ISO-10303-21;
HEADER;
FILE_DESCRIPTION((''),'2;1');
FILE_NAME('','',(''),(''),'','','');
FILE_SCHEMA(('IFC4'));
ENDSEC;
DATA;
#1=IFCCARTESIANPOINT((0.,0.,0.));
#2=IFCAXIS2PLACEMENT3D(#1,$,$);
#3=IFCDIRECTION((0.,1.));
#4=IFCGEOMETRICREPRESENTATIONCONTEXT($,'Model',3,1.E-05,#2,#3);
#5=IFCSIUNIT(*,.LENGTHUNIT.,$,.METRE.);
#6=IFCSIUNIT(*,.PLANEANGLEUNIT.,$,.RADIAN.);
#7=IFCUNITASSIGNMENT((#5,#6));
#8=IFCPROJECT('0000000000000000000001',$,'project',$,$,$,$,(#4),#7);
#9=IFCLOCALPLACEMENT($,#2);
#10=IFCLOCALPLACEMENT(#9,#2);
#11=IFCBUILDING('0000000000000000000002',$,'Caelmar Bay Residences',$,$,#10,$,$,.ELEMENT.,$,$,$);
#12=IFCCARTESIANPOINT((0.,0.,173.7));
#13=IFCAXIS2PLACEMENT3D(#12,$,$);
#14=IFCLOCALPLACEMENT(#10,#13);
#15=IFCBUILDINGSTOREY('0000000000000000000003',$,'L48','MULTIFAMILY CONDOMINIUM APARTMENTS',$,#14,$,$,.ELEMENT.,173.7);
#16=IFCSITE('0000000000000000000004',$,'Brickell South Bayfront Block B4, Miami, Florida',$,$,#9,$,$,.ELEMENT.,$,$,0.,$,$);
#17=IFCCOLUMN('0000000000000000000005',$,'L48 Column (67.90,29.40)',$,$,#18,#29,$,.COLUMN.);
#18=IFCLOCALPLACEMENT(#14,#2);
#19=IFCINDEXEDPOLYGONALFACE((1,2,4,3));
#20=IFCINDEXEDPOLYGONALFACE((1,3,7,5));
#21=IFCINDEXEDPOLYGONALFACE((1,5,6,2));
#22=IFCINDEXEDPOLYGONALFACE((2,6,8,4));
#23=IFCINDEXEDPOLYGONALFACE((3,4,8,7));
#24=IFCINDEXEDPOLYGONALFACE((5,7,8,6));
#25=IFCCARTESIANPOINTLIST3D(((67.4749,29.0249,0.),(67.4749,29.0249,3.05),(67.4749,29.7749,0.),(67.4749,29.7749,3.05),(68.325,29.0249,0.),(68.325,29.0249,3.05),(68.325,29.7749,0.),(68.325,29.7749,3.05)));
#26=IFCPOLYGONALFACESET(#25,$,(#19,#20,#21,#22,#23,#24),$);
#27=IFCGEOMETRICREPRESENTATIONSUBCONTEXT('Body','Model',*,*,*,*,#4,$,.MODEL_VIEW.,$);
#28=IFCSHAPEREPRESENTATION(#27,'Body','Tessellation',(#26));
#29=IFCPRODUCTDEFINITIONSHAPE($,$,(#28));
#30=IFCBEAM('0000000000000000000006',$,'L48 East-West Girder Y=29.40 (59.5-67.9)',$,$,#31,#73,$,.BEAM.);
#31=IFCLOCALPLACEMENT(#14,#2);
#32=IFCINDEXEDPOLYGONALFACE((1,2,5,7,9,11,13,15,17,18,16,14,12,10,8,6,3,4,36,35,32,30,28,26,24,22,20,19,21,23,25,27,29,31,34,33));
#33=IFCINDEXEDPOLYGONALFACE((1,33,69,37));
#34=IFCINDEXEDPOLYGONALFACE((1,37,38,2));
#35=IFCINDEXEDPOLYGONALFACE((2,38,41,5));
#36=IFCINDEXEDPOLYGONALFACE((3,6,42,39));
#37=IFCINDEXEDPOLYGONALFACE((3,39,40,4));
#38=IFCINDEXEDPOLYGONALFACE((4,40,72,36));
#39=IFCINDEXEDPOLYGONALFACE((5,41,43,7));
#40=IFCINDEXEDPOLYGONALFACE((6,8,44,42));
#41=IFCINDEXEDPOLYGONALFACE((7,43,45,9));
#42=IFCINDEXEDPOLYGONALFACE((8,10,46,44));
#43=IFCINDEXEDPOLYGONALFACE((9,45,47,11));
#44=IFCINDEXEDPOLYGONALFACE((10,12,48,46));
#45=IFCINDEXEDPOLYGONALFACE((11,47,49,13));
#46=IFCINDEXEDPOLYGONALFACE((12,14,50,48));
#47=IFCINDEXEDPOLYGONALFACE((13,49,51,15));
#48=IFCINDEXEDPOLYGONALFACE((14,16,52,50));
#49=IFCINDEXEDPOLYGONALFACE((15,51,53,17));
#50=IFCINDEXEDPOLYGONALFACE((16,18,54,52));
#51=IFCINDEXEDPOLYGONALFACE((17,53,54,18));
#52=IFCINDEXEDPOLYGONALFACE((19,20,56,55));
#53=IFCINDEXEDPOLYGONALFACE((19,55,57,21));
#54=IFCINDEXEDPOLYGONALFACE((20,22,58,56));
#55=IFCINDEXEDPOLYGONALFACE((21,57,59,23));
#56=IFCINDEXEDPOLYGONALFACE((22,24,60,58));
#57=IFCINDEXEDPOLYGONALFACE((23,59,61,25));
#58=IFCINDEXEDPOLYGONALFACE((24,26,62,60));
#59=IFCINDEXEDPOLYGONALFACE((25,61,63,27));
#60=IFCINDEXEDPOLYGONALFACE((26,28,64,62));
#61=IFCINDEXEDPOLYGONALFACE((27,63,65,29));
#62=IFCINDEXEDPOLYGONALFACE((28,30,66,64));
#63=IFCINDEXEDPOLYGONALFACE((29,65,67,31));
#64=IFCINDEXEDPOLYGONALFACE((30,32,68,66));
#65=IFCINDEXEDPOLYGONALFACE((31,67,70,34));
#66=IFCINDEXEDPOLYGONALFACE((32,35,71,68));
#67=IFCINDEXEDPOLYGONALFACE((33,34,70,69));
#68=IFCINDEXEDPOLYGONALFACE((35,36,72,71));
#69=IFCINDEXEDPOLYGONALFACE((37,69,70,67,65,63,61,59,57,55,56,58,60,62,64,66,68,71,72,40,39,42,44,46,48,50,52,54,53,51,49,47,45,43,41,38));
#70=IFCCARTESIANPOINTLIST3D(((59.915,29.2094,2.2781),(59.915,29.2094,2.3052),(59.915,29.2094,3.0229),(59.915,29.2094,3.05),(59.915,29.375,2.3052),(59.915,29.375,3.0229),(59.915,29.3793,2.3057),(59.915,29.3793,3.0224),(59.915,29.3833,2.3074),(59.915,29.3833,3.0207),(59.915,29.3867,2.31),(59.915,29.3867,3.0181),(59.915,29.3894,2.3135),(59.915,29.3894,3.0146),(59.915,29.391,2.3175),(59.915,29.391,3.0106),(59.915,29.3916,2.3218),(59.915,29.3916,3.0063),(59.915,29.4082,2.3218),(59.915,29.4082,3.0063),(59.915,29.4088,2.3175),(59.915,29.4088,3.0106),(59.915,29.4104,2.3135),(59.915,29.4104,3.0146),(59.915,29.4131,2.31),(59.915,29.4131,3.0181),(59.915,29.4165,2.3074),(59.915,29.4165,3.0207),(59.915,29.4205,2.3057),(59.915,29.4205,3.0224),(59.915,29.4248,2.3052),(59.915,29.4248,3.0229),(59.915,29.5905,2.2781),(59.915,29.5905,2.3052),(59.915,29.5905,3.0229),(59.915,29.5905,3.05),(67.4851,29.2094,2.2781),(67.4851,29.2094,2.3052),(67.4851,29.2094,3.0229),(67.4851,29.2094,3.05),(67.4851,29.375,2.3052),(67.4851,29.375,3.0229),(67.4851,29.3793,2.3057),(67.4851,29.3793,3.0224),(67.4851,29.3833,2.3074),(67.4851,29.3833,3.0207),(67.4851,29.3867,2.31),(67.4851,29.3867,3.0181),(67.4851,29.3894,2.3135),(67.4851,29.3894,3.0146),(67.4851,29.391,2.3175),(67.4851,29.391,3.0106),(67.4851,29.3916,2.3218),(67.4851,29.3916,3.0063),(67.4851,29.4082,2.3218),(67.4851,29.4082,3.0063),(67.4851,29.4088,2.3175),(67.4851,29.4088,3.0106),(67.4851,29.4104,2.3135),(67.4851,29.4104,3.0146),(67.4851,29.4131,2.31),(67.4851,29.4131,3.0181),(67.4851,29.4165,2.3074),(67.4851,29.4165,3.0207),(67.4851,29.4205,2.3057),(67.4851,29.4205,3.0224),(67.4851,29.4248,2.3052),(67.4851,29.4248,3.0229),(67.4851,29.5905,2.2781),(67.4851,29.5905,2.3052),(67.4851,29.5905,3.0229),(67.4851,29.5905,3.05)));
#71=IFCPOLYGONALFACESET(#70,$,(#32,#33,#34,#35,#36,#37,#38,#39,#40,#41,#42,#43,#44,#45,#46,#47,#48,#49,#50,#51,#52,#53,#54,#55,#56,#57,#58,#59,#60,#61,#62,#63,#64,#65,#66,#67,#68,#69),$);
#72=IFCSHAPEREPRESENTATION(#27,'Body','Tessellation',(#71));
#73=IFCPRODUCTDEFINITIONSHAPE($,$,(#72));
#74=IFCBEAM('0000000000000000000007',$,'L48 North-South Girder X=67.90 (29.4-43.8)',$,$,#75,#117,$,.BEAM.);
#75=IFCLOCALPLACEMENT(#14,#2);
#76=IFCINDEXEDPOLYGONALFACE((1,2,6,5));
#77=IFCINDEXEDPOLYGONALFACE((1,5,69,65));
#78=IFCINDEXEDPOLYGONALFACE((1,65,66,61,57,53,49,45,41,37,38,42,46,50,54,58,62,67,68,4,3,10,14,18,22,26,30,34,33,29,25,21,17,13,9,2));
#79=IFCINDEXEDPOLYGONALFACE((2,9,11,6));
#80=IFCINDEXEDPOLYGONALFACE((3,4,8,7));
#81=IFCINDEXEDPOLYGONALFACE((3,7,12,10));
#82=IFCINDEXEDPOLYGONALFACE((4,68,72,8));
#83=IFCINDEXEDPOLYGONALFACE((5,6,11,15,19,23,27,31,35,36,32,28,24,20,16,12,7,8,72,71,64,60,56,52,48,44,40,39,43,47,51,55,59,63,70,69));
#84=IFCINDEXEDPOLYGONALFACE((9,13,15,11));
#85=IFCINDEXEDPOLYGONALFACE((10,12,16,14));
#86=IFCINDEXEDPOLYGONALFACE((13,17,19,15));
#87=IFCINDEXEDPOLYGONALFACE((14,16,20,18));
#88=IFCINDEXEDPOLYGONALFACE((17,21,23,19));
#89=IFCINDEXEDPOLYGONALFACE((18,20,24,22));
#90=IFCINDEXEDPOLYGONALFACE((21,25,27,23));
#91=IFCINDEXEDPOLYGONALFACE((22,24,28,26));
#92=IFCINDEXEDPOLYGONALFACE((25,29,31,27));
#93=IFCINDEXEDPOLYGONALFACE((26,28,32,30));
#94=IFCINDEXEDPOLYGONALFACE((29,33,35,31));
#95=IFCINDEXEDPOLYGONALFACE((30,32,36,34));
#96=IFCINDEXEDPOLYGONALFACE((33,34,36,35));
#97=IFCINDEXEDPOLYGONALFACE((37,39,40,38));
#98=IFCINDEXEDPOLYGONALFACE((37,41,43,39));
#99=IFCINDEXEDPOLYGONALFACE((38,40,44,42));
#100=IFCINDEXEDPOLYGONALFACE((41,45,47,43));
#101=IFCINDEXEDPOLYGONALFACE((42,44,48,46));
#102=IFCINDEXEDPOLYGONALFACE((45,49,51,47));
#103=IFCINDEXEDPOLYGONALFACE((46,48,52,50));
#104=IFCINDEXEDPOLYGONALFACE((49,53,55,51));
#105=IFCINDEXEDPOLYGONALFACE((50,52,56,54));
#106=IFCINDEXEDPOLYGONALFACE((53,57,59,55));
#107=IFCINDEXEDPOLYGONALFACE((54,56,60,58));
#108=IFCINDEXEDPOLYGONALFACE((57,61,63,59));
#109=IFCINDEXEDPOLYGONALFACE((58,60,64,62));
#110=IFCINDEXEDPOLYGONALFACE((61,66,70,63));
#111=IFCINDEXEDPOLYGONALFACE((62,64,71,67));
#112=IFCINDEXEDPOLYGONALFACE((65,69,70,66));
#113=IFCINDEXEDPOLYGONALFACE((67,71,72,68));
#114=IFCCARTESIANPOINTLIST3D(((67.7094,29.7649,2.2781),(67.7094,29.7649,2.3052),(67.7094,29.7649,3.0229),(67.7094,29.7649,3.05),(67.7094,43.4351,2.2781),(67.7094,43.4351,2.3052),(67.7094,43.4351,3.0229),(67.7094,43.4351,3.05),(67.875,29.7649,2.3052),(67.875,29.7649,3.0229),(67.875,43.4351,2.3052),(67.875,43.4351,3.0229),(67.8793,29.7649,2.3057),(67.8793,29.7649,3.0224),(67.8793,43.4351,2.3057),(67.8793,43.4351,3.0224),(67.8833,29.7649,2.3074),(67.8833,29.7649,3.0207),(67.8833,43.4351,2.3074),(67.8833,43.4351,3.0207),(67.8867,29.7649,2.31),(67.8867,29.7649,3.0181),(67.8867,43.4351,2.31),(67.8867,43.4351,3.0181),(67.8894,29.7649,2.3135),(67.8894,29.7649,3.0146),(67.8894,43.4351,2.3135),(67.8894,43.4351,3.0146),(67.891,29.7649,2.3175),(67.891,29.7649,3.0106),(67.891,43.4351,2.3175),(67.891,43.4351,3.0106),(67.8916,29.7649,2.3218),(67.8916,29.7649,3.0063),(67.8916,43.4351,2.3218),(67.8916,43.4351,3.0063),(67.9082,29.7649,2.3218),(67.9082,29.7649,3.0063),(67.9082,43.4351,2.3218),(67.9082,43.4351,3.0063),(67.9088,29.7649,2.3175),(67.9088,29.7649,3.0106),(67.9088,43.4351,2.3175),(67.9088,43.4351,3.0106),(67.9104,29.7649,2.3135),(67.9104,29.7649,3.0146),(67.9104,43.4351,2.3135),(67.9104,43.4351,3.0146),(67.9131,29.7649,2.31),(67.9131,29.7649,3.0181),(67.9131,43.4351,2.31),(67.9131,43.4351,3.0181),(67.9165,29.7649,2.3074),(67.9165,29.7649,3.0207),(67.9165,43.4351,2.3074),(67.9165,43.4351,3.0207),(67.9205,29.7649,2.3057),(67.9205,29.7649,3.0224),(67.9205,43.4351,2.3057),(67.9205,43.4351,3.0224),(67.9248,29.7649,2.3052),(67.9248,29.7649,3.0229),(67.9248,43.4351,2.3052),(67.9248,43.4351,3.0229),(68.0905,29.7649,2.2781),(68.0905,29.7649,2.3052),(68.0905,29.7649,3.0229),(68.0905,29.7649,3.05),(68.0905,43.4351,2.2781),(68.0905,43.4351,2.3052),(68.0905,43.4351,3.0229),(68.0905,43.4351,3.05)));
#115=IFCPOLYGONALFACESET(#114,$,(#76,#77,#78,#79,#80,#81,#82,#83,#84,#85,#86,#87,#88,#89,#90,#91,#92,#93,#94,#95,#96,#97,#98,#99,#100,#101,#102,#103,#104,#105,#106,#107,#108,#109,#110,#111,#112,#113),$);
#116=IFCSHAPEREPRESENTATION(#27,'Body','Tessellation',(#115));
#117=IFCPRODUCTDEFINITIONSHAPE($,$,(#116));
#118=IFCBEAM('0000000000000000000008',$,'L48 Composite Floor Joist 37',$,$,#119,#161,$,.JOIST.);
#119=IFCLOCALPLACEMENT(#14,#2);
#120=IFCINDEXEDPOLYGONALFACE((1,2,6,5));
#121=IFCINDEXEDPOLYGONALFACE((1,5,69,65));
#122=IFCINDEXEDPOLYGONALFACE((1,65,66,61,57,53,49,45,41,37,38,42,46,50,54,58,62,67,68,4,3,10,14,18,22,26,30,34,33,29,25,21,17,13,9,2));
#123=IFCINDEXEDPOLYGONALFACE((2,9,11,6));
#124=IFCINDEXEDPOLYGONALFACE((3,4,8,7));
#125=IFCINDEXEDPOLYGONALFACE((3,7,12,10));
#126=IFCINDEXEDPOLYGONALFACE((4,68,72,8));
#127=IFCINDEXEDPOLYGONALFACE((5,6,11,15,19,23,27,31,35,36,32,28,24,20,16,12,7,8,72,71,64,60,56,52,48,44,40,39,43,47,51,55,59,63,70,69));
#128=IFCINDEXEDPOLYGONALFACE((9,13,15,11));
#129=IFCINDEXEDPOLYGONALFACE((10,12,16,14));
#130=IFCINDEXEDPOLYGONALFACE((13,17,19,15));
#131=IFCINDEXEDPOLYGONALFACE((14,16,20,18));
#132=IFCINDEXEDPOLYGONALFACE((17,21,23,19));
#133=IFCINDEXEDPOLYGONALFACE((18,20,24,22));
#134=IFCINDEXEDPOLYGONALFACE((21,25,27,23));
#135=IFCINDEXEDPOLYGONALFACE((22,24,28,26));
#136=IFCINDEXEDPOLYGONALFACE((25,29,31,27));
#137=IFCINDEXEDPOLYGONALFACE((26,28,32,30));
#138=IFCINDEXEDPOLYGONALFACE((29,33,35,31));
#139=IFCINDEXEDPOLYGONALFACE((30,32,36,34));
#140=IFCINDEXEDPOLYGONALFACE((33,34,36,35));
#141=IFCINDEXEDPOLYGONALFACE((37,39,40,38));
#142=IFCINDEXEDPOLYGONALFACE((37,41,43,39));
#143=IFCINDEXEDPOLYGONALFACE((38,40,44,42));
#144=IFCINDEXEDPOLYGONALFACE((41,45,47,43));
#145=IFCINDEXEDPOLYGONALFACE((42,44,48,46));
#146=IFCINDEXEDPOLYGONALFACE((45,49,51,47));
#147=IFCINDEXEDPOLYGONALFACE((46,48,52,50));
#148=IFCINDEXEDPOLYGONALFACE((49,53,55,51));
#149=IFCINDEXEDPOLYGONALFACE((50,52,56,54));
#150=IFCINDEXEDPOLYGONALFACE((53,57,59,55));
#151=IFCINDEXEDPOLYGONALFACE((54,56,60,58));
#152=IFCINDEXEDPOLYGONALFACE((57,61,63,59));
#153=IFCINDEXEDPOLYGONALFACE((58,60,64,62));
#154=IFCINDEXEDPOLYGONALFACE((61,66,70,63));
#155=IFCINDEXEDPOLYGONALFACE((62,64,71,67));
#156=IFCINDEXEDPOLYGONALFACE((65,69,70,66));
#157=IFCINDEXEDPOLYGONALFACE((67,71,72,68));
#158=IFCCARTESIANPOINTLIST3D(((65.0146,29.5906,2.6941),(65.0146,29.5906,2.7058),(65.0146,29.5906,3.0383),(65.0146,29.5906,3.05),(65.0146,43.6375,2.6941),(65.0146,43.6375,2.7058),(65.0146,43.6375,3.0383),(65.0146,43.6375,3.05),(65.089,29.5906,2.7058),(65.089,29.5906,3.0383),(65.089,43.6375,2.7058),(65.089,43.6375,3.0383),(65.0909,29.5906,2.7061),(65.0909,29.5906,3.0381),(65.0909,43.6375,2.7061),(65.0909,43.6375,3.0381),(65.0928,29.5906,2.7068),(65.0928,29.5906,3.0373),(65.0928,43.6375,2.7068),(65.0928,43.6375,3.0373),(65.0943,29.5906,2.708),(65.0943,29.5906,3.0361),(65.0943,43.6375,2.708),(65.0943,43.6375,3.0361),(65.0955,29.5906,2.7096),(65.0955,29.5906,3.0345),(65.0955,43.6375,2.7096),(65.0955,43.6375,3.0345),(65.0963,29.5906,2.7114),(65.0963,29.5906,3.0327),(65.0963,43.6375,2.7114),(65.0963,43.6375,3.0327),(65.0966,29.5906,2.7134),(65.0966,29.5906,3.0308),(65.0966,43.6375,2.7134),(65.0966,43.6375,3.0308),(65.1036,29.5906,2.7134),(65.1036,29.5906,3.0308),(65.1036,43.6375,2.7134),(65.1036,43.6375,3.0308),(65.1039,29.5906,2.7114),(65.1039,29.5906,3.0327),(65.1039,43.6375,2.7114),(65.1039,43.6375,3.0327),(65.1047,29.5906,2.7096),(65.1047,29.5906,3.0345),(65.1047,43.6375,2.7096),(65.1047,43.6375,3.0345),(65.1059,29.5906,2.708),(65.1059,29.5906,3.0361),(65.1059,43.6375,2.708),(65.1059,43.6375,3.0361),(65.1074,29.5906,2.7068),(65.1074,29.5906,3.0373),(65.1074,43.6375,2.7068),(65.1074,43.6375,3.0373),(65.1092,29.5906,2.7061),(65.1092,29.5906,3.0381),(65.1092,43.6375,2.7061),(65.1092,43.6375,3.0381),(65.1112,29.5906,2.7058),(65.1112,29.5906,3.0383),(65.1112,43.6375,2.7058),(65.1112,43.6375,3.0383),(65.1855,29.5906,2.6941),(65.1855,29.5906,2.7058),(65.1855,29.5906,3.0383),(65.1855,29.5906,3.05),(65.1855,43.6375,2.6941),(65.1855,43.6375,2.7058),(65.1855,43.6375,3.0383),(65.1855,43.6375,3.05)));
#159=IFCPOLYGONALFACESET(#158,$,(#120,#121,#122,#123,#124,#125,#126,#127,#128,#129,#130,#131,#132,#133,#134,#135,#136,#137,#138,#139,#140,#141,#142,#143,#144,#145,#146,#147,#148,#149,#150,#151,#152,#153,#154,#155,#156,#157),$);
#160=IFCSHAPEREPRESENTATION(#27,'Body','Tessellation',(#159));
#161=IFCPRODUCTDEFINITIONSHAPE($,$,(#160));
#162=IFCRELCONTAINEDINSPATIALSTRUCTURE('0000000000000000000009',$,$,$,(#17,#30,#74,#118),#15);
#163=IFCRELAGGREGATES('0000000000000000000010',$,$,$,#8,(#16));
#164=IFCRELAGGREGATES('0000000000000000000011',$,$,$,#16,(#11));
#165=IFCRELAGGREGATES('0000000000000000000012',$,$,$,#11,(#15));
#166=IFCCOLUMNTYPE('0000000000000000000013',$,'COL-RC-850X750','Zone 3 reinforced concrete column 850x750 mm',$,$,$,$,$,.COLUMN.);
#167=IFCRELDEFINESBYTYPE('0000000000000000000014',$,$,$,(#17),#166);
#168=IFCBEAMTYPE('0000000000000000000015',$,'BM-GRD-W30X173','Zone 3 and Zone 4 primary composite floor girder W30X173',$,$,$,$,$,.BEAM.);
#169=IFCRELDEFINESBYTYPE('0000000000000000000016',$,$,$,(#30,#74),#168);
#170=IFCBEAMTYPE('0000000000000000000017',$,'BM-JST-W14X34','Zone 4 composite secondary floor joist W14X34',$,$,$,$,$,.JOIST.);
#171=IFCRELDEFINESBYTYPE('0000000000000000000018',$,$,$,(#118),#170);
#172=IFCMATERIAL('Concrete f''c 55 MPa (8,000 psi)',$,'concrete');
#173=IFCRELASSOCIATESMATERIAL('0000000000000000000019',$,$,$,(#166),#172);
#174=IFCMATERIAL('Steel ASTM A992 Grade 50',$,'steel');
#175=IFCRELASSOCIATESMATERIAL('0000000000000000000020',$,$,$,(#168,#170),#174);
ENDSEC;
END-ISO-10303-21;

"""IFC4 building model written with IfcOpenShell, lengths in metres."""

from ifc_helpers import new_model, si_unit, direction, frame, origin, origin_2d, place, context, subcontext, project, spatial, rectangle, i_section, extrude, material, material_profile, profile_set, type_object, element, save


model = new_model("IFC4")

# Units and contexts
model_context = context("Model", 3, precision=1e-05, world=origin(), true_north=direction((0.0, 1.0)))
body_context = subcontext(model_context, "Body", "Model", "MODEL_VIEW")
ifc_project = project(units=[si_unit("LENGTHUNIT", "METRE"), si_unit("PLANEANGLEUNIT", "RADIAN")], contexts=[model_context])

# Site, building, storey
site_placement = place(None, origin())
site = spatial("IfcSite", under=ifc_project, at=site_placement, Name="Brickell South Bayfront Block B4, Miami, Florida", CompositionType="ELEMENT", RefElevation=0.0)
building_placement = place(site_placement, origin())
building = spatial("IfcBuilding", under=site, at=building_placement, Name="Caelmar Bay Residences", CompositionType="ELEMENT")
storey_placement = place(building_placement, frame((0.0, 0.0, 173.7)))
storey = spatial("IfcBuildingStorey", under=building, at=storey_placement, Name="L48", Description="MULTIFAMILY CONDOMINIUM APARTMENTS", CompositionType="ELEMENT", Elevation=173.7)

# Column
ifc_material_1 = material(Name="Concrete f'c 55 MPa (8,000 psi)", Category="concrete")
ifc_material_profile_1 = material_profile(ifc_material_1, rectangle(XDim=0.8501, YDim=0.75, at=origin_2d()), Name="RC-COL-850X750")
ifc_profile_set_1 = profile_set([ifc_material_profile_1], Name="Concrete f'c 55 MPa (8,000 psi)")
column_type = type_object("IfcColumnType", Name="COL-RC-850X750", Description="Zone 3 reinforced concrete column 850x750 mm", PredefinedType="COLUMN", material=ifc_profile_set_1)
column_placement = place(storey_placement, frame((67.8999, 29.3999, 0.0), z_axis=(0.0, 0.0, 1.0), x_axis=(1.0, 0.0, 0.0)))
element("IfcColumn", 1, at=column_placement, inside=storey, type_object=column_type, Name="L48 Column (67.90,29.40)", PredefinedType="COLUMN", context=body_context, shape_type="SweptSolid", body=[
    extrude(rectangle(XDim=0.8501, YDim=0.75, at=origin_2d()), origin(), (0.0, 0.0, 1.0), 3.05),
])

# Beams
ifc_material_2 = material(Name="Steel ASTM A992 Grade 50", Category="steel")
ifc_material_profile_2 = material_profile(ifc_material_2, i_section(OverallWidth=0.3811, OverallDepth=0.772, WebThickness=0.0166, FlangeThickness=0.0271, FilletRadius=0.0166, at=origin_2d()), Name="W30X173")
ifc_profile_set_2 = profile_set([ifc_material_profile_2], Name="Steel ASTM A992 Grade 50")
beam_type_1 = type_object("IfcBeamType", Name="BM-GRD-W30X173", Description="Zone 3 and Zone 4 primary composite floor girder W30X173", PredefinedType="BEAM", material=ifc_profile_set_2)
beam_1_placement = place(storey_placement, frame((59.915, 29.3999, 2.6641), z_axis=(1.0, 0.0, 0.0), x_axis=(0.0, 1.0, 0.0)))
element("IfcBeam", 2, at=beam_1_placement, inside=storey, type_object=beam_type_1, Name="L48 East-West Girder Y=29.40 (59.5-67.9)", PredefinedType="BEAM", context=body_context, shape_type="SweptSolid", body=[
    extrude(i_section(OverallWidth=0.3811, OverallDepth=0.772, WebThickness=0.0166, FlangeThickness=0.0271, FilletRadius=0.0166, at=origin_2d()), origin(), (0.0, 0.0, 1.0), 7.5701),
])
beam_2_placement = place(storey_placement, frame((67.8999, 29.7649, 2.6641), z_axis=(0.0, 1.0, 0.0), x_axis=(-1.0, 0.0, 0.0)))
element("IfcBeam", 3, at=beam_2_placement, inside=storey, type_object=beam_type_1, Name="L48 North-South Girder X=67.90 (29.4-43.8)", PredefinedType="BEAM", context=body_context, shape_type="SweptSolid", body=[
    extrude(i_section(OverallWidth=0.3811, OverallDepth=0.772, WebThickness=0.0166, FlangeThickness=0.0271, FilletRadius=0.0166, at=origin_2d()), origin(), (0.0, 0.0, 1.0), 13.6702),
])
ifc_material_profile_3 = material_profile(ifc_material_2, i_section(OverallWidth=0.1709, OverallDepth=0.356, WebThickness=0.0071, FlangeThickness=0.0117, FilletRadius=0.0076, at=origin_2d()), Name="W14X34")
ifc_profile_set_3 = profile_set([ifc_material_profile_3], Name="Steel ASTM A992 Grade 50")
beam_type_2 = type_object("IfcBeamType", Name="BM-JST-W14X34", Description="Zone 4 composite secondary floor joist W14X34", PredefinedType="JOIST", material=ifc_profile_set_3)
beam_3_placement = place(storey_placement, frame((65.1001, 29.5906, 2.8721), z_axis=(0.0, 1.0, 0.0), x_axis=(-1.0, 0.0, 0.0)))
element("IfcBeam", 4, at=beam_3_placement, inside=storey, type_object=beam_type_2, Name="L48 Composite Floor Joist 37", PredefinedType="JOIST", context=body_context, shape_type="SweptSolid", body=[
    extrude(i_section(OverallWidth=0.1709, OverallDepth=0.356, WebThickness=0.0071, FlangeThickness=0.0117, FilletRadius=0.0076, at=origin_2d()), origin(), (0.0, 0.0, 1.0), 14.0469),
])

save(model, "model.ifc")
